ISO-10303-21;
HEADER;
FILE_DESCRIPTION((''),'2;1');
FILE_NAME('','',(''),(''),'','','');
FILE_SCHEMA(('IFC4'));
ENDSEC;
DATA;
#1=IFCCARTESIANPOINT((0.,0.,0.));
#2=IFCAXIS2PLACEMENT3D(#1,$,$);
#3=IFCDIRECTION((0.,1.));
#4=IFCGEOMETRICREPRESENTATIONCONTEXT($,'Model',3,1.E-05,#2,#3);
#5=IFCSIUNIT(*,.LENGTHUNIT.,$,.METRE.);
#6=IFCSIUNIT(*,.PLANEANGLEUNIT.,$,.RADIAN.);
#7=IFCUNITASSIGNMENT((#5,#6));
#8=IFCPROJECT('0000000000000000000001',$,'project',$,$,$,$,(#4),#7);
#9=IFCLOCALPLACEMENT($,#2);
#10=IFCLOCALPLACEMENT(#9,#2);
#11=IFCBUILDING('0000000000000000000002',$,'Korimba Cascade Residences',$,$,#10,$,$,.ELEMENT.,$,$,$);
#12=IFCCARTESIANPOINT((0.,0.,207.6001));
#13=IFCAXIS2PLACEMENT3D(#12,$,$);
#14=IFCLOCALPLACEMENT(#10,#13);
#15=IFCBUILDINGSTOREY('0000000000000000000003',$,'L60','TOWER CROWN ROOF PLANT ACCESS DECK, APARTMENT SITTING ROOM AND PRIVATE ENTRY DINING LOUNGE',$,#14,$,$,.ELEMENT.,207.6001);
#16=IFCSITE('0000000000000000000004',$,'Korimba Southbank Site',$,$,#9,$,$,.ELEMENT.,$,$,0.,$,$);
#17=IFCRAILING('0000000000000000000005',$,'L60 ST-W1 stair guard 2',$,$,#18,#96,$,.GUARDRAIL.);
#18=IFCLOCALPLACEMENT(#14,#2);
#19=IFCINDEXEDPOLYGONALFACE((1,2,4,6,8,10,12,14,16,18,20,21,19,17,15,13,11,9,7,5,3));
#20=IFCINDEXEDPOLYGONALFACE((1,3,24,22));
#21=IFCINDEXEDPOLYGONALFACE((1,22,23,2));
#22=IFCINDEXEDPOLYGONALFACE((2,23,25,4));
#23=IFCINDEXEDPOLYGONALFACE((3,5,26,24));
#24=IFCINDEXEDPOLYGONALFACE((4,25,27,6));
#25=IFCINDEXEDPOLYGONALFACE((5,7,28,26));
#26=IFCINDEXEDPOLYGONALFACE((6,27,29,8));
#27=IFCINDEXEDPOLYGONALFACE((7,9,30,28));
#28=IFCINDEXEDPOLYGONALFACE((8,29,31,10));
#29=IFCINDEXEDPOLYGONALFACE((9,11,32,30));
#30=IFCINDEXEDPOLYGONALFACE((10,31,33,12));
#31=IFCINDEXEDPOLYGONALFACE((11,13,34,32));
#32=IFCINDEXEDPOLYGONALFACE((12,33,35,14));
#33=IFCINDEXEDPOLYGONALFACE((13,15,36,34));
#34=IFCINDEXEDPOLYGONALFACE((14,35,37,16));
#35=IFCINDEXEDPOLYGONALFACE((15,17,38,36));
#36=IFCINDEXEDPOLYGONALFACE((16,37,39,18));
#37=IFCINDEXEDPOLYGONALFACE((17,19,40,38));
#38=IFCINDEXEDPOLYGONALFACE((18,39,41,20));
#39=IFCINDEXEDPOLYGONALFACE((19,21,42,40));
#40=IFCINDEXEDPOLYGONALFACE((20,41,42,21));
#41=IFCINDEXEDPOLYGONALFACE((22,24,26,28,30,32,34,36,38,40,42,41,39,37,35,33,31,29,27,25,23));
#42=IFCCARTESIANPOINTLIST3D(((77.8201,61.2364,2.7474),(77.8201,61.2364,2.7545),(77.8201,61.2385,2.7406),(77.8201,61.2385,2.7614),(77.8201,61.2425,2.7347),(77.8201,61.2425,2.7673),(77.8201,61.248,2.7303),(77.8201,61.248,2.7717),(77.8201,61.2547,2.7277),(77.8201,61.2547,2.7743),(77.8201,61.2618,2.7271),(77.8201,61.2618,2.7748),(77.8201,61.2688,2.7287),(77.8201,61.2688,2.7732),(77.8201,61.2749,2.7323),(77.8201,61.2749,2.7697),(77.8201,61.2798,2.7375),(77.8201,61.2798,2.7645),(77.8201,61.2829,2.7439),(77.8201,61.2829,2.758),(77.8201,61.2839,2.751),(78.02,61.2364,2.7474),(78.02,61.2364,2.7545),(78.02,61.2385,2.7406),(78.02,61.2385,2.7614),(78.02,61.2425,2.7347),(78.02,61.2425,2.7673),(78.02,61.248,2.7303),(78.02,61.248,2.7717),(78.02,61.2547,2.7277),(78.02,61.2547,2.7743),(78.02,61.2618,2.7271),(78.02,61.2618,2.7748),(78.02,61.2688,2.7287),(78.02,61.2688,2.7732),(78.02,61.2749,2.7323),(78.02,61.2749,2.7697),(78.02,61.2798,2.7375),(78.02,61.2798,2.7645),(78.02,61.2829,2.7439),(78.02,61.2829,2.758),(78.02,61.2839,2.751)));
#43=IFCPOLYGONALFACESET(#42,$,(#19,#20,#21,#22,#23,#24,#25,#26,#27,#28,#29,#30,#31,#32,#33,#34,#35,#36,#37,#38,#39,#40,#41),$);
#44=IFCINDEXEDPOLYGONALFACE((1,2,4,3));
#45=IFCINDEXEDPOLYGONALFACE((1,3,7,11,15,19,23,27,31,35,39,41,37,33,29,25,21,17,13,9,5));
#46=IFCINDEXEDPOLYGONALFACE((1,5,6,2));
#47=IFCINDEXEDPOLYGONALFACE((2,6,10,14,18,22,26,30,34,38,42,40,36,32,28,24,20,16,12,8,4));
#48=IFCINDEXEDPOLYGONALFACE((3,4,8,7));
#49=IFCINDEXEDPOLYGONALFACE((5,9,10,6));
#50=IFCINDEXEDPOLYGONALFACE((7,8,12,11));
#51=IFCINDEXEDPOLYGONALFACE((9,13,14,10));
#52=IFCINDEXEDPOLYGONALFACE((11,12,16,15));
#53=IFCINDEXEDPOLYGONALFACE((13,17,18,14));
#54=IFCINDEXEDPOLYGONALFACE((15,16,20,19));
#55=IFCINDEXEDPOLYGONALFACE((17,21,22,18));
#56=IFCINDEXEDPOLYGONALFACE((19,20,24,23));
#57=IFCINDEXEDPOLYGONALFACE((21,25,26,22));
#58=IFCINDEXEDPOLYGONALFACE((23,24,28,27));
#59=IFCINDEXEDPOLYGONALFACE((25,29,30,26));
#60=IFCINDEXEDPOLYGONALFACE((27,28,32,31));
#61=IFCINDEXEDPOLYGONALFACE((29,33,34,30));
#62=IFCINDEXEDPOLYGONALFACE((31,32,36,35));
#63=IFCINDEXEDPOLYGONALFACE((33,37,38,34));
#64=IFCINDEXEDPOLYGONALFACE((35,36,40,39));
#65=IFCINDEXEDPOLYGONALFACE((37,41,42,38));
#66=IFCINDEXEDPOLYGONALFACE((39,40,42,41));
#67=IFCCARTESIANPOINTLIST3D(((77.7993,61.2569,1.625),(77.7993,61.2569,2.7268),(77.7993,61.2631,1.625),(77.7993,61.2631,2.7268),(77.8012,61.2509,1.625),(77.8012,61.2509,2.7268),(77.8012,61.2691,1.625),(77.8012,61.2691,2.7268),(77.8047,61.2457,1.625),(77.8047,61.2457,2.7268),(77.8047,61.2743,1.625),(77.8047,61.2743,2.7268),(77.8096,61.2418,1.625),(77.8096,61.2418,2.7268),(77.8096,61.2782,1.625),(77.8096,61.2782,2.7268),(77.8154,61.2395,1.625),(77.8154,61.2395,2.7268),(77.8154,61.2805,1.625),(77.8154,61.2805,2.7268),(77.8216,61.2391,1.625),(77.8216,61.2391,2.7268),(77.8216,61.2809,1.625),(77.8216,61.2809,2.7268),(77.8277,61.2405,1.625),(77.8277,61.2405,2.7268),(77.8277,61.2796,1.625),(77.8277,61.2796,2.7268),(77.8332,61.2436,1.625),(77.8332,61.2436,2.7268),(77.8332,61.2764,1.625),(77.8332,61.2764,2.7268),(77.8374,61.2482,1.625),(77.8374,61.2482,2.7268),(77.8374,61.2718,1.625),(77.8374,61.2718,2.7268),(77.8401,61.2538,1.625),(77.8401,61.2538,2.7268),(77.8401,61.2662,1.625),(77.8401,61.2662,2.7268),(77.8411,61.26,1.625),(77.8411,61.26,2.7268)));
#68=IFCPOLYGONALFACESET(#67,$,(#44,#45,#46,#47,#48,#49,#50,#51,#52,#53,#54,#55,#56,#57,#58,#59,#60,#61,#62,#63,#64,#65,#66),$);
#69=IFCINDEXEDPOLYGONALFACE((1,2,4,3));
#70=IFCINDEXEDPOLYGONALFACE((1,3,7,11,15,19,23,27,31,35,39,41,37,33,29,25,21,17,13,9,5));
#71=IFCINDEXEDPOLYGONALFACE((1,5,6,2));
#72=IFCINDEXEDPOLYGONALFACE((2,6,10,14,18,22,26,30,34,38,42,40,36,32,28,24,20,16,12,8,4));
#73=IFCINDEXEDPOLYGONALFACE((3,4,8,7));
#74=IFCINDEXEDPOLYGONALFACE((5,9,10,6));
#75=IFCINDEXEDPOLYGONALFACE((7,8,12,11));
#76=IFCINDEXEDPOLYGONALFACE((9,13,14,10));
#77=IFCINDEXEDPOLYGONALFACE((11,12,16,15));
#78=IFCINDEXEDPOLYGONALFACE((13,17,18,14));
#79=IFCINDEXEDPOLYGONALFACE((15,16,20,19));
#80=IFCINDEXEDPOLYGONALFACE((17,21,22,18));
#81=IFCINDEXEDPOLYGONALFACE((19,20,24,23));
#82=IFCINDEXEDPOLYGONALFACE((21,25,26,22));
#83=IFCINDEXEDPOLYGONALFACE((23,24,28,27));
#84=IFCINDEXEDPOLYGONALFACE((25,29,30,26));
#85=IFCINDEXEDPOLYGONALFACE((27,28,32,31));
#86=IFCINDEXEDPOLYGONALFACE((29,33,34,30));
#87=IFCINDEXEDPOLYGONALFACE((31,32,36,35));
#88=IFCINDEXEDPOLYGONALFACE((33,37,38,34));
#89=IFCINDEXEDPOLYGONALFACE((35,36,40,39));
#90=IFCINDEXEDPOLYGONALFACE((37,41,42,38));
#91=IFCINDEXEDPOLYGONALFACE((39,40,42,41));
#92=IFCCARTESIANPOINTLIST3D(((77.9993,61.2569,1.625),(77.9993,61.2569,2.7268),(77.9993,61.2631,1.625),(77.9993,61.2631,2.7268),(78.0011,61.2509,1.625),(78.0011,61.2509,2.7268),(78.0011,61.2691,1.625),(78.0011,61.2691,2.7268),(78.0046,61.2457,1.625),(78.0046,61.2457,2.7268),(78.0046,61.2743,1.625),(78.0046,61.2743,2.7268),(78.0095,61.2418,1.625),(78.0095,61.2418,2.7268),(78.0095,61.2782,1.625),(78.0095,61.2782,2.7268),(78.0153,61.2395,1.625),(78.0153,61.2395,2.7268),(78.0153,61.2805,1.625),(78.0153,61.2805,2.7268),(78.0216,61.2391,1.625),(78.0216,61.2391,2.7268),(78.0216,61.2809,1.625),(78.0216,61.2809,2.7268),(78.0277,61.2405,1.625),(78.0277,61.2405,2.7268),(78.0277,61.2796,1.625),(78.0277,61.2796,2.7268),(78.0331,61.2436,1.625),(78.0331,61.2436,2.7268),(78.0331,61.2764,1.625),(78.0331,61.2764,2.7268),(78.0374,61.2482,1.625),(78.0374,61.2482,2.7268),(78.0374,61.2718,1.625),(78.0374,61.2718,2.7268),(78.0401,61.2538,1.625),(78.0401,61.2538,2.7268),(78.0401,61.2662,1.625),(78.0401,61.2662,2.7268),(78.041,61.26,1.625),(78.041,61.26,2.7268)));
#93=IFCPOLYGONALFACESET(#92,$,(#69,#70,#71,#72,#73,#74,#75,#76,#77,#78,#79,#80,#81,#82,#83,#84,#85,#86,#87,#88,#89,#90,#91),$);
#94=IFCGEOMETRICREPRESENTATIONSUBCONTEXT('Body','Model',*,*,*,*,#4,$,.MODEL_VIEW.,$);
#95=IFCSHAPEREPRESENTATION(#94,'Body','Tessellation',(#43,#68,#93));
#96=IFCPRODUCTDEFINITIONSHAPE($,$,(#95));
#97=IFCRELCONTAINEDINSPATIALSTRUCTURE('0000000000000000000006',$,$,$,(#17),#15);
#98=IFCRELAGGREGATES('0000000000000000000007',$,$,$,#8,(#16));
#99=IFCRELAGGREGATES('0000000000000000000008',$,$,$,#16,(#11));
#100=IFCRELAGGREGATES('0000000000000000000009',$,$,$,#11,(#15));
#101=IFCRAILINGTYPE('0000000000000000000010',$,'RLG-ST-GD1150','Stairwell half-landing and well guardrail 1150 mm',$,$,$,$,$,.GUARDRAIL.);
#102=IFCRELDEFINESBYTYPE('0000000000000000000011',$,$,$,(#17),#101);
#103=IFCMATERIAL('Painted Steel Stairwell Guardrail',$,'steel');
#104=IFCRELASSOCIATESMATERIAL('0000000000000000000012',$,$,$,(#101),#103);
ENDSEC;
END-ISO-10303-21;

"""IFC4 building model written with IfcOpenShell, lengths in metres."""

from ifc_helpers import new_model, si_unit, direction, frame, origin, origin_2d, place, context, subcontext, project, spatial, circle, extrude, material, type_object, element, save


model = new_model("IFC4")

# Units and contexts
model_context = context("Model", 3, precision=1e-05, world=origin(), true_north=direction((0.0, 1.0)))
body_context = subcontext(model_context, "Body", "Model", "MODEL_VIEW")
ifc_project = project(units=[si_unit("LENGTHUNIT", "METRE"), si_unit("PLANEANGLEUNIT", "RADIAN")], contexts=[model_context])

# Site, building, storey
site_placement = place(None, origin())
site = spatial("IfcSite", under=ifc_project, at=site_placement, Name="Korimba Southbank Site", CompositionType="ELEMENT", RefElevation=0.0)
building_placement = place(site_placement, origin())
building = spatial("IfcBuilding", under=site, at=building_placement, Name="Korimba Cascade Residences", CompositionType="ELEMENT")
storey_placement = place(building_placement, frame((0.0, 0.0, 207.6001)))
storey = spatial("IfcBuildingStorey", under=building, at=storey_placement, Name="L60", Description="TOWER CROWN ROOF PLANT ACCESS DECK, APARTMENT SITTING ROOM AND PRIVATE ENTRY DINING LOUNGE", CompositionType="ELEMENT", Elevation=207.6001)

# Railing
ifc_material_1 = material(Name="Painted Steel Stairwell Guardrail", Category="steel")
railing_type = type_object("IfcRailingType", Name="RLG-ST-GD1150", Description="Stairwell half-landing and well guardrail 1150 mm", PredefinedType="GUARDRAIL", material=ifc_material_1)
railing_placement = place(storey_placement, frame((77.8201, 61.26, 1.625)))
element("IfcRailing", 1, at=railing_placement, inside=storey, type_object=railing_type, Name="L60 ST-W1 stair guard 2", PredefinedType="GUARDRAIL", context=body_context, shape_type="SweptSolid", body=[
    extrude(circle(Radius=0.0239, at=origin_2d()), frame((0.0, 0.0, 1.126), z_axis=(1.0, 0.0, 0.0), x_axis=(0.0, 1.0, 0.0)), (0.0, 0.0, 1.0), 0.2),
    extrude(circle(Radius=0.021, at=origin_2d()), origin(), (0.0, 0.0, 1.0), 1.1018),
    extrude(circle(Radius=0.021, at=origin_2d()), frame((0.2, 0.0, 0.0)), (0.0, 0.0, 1.0), 1.1018),
])

save(model, "model.ifc")
